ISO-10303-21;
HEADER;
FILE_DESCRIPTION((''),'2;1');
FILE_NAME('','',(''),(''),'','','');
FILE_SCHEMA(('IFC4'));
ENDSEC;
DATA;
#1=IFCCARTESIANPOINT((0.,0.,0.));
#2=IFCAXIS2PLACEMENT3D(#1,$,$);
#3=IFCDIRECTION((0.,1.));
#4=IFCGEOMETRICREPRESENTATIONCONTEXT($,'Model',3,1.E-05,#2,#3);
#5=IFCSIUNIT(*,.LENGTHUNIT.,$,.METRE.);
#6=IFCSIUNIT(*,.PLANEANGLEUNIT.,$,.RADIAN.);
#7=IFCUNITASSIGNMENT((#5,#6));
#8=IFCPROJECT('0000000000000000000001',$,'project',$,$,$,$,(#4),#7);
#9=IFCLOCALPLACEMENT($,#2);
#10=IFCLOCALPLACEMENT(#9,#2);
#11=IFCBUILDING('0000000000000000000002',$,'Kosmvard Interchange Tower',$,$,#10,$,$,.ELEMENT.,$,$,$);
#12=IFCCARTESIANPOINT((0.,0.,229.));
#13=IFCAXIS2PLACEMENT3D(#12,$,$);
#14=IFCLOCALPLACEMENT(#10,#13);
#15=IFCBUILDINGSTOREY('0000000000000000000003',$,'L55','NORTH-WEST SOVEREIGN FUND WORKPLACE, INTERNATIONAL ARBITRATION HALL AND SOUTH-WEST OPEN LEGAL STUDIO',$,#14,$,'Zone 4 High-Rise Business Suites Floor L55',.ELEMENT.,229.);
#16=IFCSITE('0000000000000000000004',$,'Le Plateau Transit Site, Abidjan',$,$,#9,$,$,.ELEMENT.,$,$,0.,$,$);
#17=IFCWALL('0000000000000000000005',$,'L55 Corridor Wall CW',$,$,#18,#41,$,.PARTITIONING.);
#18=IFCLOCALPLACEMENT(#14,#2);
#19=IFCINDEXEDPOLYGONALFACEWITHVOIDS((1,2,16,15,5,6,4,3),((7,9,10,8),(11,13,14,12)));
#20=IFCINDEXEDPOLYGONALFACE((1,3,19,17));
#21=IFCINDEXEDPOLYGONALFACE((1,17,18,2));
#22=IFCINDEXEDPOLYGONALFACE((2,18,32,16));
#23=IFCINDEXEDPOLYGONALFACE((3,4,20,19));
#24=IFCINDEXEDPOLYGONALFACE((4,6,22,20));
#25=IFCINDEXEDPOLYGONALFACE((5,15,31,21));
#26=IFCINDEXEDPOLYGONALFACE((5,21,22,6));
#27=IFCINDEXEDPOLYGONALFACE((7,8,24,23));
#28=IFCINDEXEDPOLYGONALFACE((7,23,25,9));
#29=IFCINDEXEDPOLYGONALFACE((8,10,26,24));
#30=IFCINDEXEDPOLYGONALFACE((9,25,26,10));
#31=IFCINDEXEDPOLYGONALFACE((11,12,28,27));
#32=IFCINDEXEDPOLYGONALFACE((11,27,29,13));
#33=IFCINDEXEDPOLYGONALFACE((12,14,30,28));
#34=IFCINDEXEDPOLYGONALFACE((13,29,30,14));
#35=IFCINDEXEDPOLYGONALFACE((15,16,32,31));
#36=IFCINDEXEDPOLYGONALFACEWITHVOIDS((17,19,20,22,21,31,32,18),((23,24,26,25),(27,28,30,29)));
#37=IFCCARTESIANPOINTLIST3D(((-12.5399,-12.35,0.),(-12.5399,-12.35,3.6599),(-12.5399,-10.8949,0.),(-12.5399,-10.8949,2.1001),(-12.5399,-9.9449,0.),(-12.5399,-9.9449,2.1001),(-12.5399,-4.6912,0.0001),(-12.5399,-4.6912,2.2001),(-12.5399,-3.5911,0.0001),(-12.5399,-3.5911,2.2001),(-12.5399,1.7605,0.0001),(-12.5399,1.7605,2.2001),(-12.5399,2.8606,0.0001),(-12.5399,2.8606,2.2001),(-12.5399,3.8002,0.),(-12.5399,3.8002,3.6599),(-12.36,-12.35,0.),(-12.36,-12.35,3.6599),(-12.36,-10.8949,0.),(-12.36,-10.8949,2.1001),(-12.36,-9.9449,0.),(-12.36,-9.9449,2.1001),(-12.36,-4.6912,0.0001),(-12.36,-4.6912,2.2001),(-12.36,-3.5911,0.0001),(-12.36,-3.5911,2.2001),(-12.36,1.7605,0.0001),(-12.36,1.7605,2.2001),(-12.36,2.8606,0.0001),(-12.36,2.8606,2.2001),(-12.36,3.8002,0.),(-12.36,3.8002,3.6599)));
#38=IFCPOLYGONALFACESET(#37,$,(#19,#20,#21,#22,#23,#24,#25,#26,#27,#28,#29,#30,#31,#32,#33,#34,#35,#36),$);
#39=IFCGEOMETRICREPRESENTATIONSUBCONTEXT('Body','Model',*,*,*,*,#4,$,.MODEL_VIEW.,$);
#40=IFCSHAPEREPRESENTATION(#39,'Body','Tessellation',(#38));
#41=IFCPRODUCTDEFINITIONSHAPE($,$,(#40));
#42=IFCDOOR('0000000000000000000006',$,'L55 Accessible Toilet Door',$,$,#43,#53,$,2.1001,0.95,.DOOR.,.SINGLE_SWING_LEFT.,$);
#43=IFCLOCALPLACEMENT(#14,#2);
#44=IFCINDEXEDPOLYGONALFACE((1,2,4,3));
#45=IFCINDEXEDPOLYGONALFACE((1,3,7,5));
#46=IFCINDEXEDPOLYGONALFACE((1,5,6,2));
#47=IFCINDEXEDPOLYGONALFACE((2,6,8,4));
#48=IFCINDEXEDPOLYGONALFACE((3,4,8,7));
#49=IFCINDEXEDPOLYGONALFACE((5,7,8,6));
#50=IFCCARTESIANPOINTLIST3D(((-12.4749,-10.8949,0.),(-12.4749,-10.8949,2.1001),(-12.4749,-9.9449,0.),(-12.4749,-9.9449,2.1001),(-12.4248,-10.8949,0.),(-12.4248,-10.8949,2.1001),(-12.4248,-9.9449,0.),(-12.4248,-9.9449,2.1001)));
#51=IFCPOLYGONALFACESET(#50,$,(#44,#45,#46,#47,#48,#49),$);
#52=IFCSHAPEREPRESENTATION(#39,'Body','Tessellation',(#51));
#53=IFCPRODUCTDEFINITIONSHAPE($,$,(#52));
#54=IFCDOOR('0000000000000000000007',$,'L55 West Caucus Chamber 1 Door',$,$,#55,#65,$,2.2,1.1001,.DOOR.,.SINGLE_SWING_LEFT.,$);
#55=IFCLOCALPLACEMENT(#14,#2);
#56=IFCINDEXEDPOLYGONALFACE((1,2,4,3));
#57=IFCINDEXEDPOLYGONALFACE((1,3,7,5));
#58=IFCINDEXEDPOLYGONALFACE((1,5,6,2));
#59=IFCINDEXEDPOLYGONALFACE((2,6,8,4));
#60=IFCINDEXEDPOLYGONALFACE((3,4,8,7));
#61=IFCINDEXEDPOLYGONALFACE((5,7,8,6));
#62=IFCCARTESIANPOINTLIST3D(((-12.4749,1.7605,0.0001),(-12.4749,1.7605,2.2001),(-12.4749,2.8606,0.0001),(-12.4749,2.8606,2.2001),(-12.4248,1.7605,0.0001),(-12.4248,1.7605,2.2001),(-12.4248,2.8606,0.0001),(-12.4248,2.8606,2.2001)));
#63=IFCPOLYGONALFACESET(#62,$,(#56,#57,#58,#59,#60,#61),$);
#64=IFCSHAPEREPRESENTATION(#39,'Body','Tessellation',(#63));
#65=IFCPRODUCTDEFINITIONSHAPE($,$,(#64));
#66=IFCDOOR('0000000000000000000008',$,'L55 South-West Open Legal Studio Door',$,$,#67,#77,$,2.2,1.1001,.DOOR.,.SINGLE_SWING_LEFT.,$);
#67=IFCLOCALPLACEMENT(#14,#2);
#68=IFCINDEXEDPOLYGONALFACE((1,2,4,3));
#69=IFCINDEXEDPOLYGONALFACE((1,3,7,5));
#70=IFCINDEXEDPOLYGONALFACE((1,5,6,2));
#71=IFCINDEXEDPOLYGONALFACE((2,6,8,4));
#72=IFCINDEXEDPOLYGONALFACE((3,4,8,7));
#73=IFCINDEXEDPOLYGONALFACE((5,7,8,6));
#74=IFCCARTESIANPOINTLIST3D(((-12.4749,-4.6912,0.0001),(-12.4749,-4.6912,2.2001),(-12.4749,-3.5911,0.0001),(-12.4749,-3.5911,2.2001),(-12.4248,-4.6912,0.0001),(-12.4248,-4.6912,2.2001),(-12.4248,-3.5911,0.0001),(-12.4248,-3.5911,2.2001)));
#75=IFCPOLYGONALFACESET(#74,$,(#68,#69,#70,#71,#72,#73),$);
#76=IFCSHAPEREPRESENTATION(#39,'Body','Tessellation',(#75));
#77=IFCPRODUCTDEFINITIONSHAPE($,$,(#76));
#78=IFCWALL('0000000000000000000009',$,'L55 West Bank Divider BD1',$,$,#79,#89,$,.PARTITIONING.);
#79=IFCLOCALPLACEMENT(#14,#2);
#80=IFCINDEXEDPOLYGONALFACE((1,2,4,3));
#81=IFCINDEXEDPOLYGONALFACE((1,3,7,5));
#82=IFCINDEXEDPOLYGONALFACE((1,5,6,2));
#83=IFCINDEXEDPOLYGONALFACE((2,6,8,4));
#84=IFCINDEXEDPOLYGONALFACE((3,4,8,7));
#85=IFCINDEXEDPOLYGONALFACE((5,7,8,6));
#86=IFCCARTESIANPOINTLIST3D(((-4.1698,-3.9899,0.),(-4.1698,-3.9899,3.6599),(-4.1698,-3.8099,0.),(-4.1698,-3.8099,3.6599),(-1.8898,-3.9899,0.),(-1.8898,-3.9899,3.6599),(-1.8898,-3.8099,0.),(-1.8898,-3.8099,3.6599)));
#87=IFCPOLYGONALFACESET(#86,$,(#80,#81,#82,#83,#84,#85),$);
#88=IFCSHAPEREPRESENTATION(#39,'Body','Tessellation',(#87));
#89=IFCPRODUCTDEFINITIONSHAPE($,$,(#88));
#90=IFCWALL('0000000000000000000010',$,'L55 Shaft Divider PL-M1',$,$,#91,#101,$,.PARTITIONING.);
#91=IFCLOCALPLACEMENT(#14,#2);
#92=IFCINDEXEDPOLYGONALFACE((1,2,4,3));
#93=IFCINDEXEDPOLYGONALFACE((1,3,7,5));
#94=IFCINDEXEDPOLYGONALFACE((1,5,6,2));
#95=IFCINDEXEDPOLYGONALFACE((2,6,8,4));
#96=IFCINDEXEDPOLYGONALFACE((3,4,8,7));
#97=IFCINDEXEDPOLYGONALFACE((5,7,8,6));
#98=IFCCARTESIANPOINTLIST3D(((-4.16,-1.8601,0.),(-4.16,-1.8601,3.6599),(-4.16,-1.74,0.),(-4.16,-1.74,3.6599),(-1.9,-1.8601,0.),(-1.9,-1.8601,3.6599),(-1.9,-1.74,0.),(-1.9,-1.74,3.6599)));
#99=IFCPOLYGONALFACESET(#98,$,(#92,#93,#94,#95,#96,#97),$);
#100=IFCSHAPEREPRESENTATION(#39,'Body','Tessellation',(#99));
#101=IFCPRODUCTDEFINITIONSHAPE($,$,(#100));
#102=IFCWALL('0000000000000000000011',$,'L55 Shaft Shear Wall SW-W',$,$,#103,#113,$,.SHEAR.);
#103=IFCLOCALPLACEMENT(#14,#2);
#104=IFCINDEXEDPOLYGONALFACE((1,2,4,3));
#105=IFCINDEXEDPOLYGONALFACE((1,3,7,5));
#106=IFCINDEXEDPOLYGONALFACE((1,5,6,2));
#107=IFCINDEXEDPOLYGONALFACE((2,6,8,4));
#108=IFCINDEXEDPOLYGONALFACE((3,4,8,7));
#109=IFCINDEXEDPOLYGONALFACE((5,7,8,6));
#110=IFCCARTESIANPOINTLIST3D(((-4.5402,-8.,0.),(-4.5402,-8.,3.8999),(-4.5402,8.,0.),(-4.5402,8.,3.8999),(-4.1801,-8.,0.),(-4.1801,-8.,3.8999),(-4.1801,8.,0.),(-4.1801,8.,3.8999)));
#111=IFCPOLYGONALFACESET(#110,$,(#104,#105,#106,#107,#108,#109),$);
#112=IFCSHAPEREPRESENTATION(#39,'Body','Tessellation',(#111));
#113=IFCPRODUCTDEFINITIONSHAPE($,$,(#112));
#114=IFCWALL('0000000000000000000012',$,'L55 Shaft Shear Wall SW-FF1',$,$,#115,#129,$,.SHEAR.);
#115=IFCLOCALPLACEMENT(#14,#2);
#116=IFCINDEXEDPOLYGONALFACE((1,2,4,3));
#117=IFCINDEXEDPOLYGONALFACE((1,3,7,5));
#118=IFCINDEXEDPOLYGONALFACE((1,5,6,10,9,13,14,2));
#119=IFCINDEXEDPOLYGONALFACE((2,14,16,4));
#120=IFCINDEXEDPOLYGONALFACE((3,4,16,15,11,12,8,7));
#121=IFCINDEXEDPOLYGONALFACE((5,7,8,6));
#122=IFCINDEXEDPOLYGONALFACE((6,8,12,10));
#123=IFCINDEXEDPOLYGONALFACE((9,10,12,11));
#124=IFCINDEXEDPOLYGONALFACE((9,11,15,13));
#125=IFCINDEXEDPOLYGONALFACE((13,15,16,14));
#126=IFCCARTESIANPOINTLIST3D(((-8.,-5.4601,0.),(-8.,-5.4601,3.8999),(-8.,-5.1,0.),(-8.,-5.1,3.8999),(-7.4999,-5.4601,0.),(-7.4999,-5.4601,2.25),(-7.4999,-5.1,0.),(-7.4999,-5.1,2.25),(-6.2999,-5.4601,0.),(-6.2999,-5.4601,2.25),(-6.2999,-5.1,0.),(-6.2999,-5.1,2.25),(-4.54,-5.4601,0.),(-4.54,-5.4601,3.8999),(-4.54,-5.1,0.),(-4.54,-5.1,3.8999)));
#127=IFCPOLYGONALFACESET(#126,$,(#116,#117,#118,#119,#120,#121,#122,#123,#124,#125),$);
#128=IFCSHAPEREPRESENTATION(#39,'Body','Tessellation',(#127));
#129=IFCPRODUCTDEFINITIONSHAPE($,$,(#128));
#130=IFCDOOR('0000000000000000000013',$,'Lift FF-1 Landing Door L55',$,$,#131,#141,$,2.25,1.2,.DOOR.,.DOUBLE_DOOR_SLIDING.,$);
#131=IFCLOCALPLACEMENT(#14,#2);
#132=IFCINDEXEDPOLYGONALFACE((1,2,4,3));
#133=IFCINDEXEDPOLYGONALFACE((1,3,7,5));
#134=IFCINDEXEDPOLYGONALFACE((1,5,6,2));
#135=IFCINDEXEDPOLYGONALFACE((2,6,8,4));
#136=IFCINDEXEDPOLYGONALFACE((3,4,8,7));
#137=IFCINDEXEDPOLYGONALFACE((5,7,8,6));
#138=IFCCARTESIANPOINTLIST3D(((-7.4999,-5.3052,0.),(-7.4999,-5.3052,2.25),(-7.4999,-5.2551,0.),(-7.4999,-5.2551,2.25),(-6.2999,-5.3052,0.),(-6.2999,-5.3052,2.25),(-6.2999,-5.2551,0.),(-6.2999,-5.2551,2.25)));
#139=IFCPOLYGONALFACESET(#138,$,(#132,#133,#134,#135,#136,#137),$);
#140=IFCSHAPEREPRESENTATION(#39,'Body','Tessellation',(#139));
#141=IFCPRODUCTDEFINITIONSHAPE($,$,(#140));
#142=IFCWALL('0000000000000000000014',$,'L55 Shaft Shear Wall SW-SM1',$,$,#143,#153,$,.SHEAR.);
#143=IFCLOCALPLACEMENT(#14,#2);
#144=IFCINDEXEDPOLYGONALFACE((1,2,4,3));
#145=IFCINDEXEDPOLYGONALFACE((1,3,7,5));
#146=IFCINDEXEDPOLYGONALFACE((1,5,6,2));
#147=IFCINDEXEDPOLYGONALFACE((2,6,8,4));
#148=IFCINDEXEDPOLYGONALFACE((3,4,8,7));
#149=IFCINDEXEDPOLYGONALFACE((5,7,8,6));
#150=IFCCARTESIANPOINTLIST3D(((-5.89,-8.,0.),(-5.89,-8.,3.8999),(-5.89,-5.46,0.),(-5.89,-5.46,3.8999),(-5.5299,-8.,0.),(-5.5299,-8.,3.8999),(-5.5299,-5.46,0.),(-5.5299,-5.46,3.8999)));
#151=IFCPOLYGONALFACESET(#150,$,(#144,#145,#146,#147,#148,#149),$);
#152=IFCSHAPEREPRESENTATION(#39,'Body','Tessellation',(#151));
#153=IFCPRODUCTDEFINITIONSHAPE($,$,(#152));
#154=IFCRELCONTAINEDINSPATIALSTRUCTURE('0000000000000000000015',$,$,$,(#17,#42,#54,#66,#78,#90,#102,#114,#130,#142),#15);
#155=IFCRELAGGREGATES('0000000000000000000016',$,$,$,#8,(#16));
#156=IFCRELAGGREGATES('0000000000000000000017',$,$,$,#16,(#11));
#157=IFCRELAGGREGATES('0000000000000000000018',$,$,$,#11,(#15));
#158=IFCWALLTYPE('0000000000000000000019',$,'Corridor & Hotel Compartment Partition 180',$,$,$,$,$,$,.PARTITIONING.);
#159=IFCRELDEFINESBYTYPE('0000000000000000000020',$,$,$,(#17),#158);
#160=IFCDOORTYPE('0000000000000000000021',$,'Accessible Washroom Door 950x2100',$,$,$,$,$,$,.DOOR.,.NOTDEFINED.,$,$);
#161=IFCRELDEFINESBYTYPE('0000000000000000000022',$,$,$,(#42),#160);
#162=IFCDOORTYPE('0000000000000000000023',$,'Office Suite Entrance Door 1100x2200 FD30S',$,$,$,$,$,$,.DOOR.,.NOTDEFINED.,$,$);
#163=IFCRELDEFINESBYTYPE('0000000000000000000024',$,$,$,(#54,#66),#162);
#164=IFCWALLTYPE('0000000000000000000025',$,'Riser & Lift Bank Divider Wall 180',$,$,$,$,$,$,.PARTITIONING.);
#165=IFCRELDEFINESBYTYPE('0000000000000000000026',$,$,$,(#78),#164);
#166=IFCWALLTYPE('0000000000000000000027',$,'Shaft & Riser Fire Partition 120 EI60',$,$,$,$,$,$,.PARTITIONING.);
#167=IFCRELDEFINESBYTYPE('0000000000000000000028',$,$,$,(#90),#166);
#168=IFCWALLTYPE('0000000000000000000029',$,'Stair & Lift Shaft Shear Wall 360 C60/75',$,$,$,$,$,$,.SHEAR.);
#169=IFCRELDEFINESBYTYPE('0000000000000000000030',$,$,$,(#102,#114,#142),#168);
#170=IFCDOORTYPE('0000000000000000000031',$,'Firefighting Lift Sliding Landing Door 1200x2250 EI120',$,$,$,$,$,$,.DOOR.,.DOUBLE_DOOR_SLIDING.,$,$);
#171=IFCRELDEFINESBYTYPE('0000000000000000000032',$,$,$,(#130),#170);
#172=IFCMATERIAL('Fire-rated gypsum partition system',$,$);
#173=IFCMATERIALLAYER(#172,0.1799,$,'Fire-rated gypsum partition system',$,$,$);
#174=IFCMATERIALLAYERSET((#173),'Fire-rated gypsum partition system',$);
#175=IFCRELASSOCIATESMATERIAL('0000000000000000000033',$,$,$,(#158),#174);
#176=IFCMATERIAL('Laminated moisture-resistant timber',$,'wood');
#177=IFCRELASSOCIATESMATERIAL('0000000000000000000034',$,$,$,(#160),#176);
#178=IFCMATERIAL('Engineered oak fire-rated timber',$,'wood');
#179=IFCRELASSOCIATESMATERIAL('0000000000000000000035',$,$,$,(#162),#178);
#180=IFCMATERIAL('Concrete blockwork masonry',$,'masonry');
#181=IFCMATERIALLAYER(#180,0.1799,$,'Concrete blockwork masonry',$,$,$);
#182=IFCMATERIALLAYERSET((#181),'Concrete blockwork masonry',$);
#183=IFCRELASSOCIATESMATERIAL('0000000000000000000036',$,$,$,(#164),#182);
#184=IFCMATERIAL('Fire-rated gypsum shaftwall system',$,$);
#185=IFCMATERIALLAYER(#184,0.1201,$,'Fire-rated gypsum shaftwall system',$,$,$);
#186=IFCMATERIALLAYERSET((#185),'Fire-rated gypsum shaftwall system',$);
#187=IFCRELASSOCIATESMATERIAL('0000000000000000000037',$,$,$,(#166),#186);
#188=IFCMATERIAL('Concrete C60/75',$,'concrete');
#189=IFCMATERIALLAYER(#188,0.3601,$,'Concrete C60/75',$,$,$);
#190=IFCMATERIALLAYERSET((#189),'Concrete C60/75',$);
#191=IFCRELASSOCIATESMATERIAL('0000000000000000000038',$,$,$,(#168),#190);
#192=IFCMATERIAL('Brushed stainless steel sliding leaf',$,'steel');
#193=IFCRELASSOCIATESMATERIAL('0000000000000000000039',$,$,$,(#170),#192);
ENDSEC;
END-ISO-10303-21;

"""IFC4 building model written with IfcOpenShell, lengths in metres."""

from ifc_helpers import new_model, si_unit, direction, frame, frame_2d, origin, place, context, subcontext, project, spatial, rectangle, extrude, source, transform, mapped, material, layer, layer_set, type_object, element, fill, save


model = new_model("IFC4")

# Units and contexts
model_context = context("Model", 3, precision=1e-05, world=origin(), true_north=direction((0.0, 1.0)))
body_context = subcontext(model_context, "Body", "Model", "MODEL_VIEW")
ifc_project = project(units=[si_unit("LENGTHUNIT", "METRE"), si_unit("PLANEANGLEUNIT", "RADIAN")], contexts=[model_context])

# Site, building, storey
site_placement = place(None, origin())
site = spatial("IfcSite", under=ifc_project, at=site_placement, Name="Le Plateau Transit Site, Abidjan", CompositionType="ELEMENT", RefElevation=0.0)
building_placement = place(site_placement, origin())
building = spatial("IfcBuilding", under=site, at=building_placement, Name="Kosmvard Interchange Tower", CompositionType="ELEMENT")
storey_placement = place(building_placement, frame((0.0, 0.0, 229.0)))
storey = spatial("IfcBuildingStorey", under=building, at=storey_placement, Name="L55", Description="NORTH-WEST SOVEREIGN FUND WORKPLACE, INTERNATIONAL ARBITRATION HALL AND SOUTH-WEST OPEN LEGAL STUDIO", LongName="Zone 4 High-Rise Business Suites Floor L55", CompositionType="ELEMENT", Elevation=229.0)

# Shared definitions
ifc_material_1 = material(Name="Concrete C60/75", Category="concrete")

# Wall, openings, doors
ifc_material_2 = material(Name="Fire-rated gypsum partition system")
ifc_layer_1 = layer(ifc_material_2, 0.1799, Name="Fire-rated gypsum partition system")
ifc_layer_set_1 = layer_set([ifc_layer_1], Name="Fire-rated gypsum partition system")
wall_type_1 = type_object("IfcWallType", Name="Corridor & Hotel Compartment Partition 180", PredefinedType="PARTITIONING", material=ifc_layer_set_1)
ifc_material_3 = material(Name="Brushed stainless steel sliding leaf", Category="steel")
shared_shape_1 = source(origin(), body_context, "Body", "SweptSolid", [
    extrude(rectangle(XDim=1.1001, YDim=2.2, at=frame_2d((0.55, 1.1001))), frame((0.0, 0.0249, 0.0), z_axis=(0.0, -1.0, 0.0), x_axis=(1.0, 0.0, 0.0)), (0.0, 0.0, 1.0), 0.05),
])
wall_1_placement = place(storey_placement, frame((-12.45, -12.3501, 0.0), z_axis=(0.0, 0.0, 1.0), x_axis=(0.0, 1.0, 0.0)))
wall_1 = element("IfcWall", 1, at=wall_1_placement, inside=storey, type_object=wall_type_1, Name="L55 Corridor Wall CW", PredefinedType="PARTITIONING", context=body_context, shape_type="SweptSolid", body=[
    extrude(rectangle(XDim=16.1501, YDim=0.1799, at=frame_2d((8.0752, 0.0))), origin(), (0.0, 0.0, 1.0), 3.6599),
])
opening_1_placement = place(wall_1_placement, frame((1.4551, 0.0, 0.0)))
opening_1 = element("IfcOpeningElement", 2, at=opening_1_placement, cuts=wall_1, PredefinedType="OPENING", context=body_context, shape_type="SweptSolid", body=[
    extrude(rectangle(XDim=0.95, YDim=2.1001, at=frame_2d((0.4751, 1.05))), frame((0.0, 0.1001, 0.0), z_axis=(0.0, -1.0, 0.0), x_axis=(1.0, 0.0, 0.0)), (0.0, 0.0, 1.0), 0.2),
])
opening_2_placement = place(wall_1_placement, frame((14.1106, 0.0, 0.0)))
opening_2 = element("IfcOpeningElement", 3, at=opening_2_placement, cuts=wall_1, PredefinedType="OPENING", context=body_context, shape_type="SweptSolid", body=[
    extrude(rectangle(XDim=1.1001, YDim=2.2, at=frame_2d((0.55, 1.1001))), frame((0.0, 0.1001, 0.0), z_axis=(0.0, -1.0, 0.0), x_axis=(1.0, 0.0, 0.0)), (0.0, 0.0, 1.0), 0.2),
])
opening_3_placement = place(wall_1_placement, frame((7.6589, 0.0, 0.0)))
opening_3 = element("IfcOpeningElement", 4, at=opening_3_placement, cuts=wall_1, PredefinedType="OPENING", context=body_context, shape_type="SweptSolid", body=[
    extrude(rectangle(XDim=1.1001, YDim=2.2, at=frame_2d((0.55, 1.1001))), frame((0.0, 0.1001, 0.0), z_axis=(0.0, -1.0, 0.0), x_axis=(1.0, 0.0, 0.0)), (0.0, 0.0, 1.0), 0.2),
])
ifc_material_4 = material(Name="Laminated moisture-resistant timber", Category="wood")
door_type_1 = type_object("IfcDoorType", Name="Accessible Washroom Door 950x2100", OperationType="NOTDEFINED", PredefinedType="DOOR", material=ifc_material_4)
shared_shape_2 = source(origin(), body_context, "Body", "SweptSolid", [
    extrude(rectangle(XDim=0.95, YDim=2.1001, at=frame_2d((0.4751, 1.05))), frame((0.0, 0.0249, 0.0), z_axis=(0.0, -1.0, 0.0), x_axis=(1.0, 0.0, 0.0)), (0.0, 0.0, 1.0), 0.05),
])
door_1_placement = place(opening_1_placement, origin())
door_1 = element("IfcDoor", 5, at=door_1_placement, inside=storey, type_object=door_type_1, Name="L55 Accessible Toilet Door", OperationType="SINGLE_SWING_LEFT", OverallHeight=2.1001, OverallWidth=0.95, PredefinedType="DOOR", context=body_context, shape_type="MappedRepresentation", body=[
    mapped(shared_shape_2, transform((0.0, 0.0, 0.0), scale=1.0)),
])
fill(opening_1, door_1)
ifc_material_5 = material(Name="Engineered oak fire-rated timber", Category="wood")
door_type_2 = type_object("IfcDoorType", Name="Office Suite Entrance Door 1100x2200 FD30S", OperationType="NOTDEFINED", PredefinedType="DOOR", material=ifc_material_5)
door_2_placement = place(opening_2_placement, origin())
door_2 = element("IfcDoor", 6, at=door_2_placement, inside=storey, type_object=door_type_2, Name="L55 West Caucus Chamber 1 Door", OperationType="SINGLE_SWING_LEFT", OverallHeight=2.2, OverallWidth=1.1001, PredefinedType="DOOR", context=body_context, shape_type="MappedRepresentation", body=[
    mapped(shared_shape_1, transform((0.0, 0.0, 0.0), scale=1.0)),
])
fill(opening_2, door_2)
door_3_placement = place(opening_3_placement, origin())
door_3 = element("IfcDoor", 7, at=door_3_placement, inside=storey, type_object=door_type_2, Name="L55 South-West Open Legal Studio Door", OperationType="SINGLE_SWING_LEFT", OverallHeight=2.2, OverallWidth=1.1001, PredefinedType="DOOR", context=body_context, shape_type="MappedRepresentation", body=[
    mapped(shared_shape_1, transform((0.0, 0.0, 0.0), scale=1.0)),
])
fill(opening_3, door_3)

# Walls
ifc_material_6 = material(Name="Concrete blockwork masonry", Category="masonry")
ifc_layer_2 = layer(ifc_material_6, 0.1799, Name="Concrete blockwork masonry")
ifc_layer_set_2 = layer_set([ifc_layer_2], Name="Concrete blockwork masonry")
wall_type_2 = type_object("IfcWallType", Name="Riser & Lift Bank Divider Wall 180", PredefinedType="PARTITIONING", material=ifc_layer_set_2)
wall_2_placement = place(storey_placement, frame((-4.1699, -3.8999, 0.0), z_axis=(0.0, 0.0, 1.0), x_axis=(1.0, 0.0, 0.0)))
element("IfcWall", 8, at=wall_2_placement, inside=storey, type_object=wall_type_2, Name="L55 West Bank Divider BD1", PredefinedType="PARTITIONING", context=body_context, shape_type="SweptSolid", body=[
    extrude(rectangle(XDim=2.28, YDim=0.1799, at=frame_2d((1.1401, 0.0))), origin(), (0.0, 0.0, 1.0), 3.6599),
])
ifc_material_7 = material(Name="Fire-rated gypsum shaftwall system")
ifc_layer_3 = layer(ifc_material_7, 0.1201, Name="Fire-rated gypsum shaftwall system")
ifc_layer_set_3 = layer_set([ifc_layer_3], Name="Fire-rated gypsum shaftwall system")
wall_type_3 = type_object("IfcWallType", Name="Shaft & Riser Fire Partition 120 EI60", PredefinedType="PARTITIONING", material=ifc_layer_set_3)
wall_3_placement = place(storey_placement, frame((-4.1599, -1.8, 0.0), z_axis=(0.0, 0.0, 1.0), x_axis=(1.0, 0.0, 0.0)))
element("IfcWall", 9, at=wall_3_placement, inside=storey, type_object=wall_type_3, Name="L55 Shaft Divider PL-M1", PredefinedType="PARTITIONING", context=body_context, shape_type="SweptSolid", body=[
    extrude(rectangle(XDim=2.26, YDim=0.1201, at=frame_2d((1.1299, 0.0))), origin(), (0.0, 0.0, 1.0), 3.6599),
])
ifc_layer_4 = layer(ifc_material_1, 0.3601, Name="Concrete C60/75")
ifc_layer_set_4 = layer_set([ifc_layer_4], Name="Concrete C60/75")
wall_type_4 = type_object("IfcWallType", Name="Stair & Lift Shaft Shear Wall 360 C60/75", PredefinedType="SHEAR", material=ifc_layer_set_4)
wall_4_placement = place(storey_placement, frame((-4.3601, -8.0, 0.0), z_axis=(0.0, 0.0, 1.0), x_axis=(0.0, 1.0, 0.0)))
element("IfcWall", 10, at=wall_4_placement, inside=storey, type_object=wall_type_4, Name="L55 Shaft Shear Wall SW-W", PredefinedType="SHEAR", context=body_context, shape_type="SweptSolid", body=[
    extrude(rectangle(XDim=16.0, YDim=0.3601, at=frame_2d((8.0, 0.0))), origin(), (0.0, 0.0, 1.0), 3.8999),
])

# Wall, opening, door
wall_5_placement = place(storey_placement, frame((-8.0, -5.28, 0.0), z_axis=(0.0, 0.0, 1.0), x_axis=(1.0, 0.0, 0.0)))
wall_5 = element("IfcWall", 11, at=wall_5_placement, inside=storey, type_object=wall_type_4, Name="L55 Shaft Shear Wall SW-FF1", PredefinedType="SHEAR", context=body_context, shape_type="SweptSolid", body=[
    extrude(rectangle(XDim=3.46, YDim=0.3601, at=frame_2d((1.73, 0.0))), origin(), (0.0, 0.0, 1.0), 3.8999),
])
opening_4_placement = place(wall_5_placement, frame((0.5, 0.0, 0.0)))
opening_4 = element("IfcOpeningElement", 12, at=opening_4_placement, cuts=wall_5, PredefinedType="OPENING", context=body_context, shape_type="SweptSolid", body=[
    extrude(rectangle(XDim=1.2, YDim=2.25, at=frame_2d((0.6001, 1.125))), frame((0.0, 0.1899, 0.0), z_axis=(0.0, -1.0, 0.0), x_axis=(1.0, 0.0, 0.0)), (0.0, 0.0, 1.0), 0.3801),
])
door_type_3 = type_object("IfcDoorType", Name="Firefighting Lift Sliding Landing Door 1200x2250 EI120", OperationType="DOUBLE_DOOR_SLIDING", PredefinedType="DOOR", material=ifc_material_3)
shared_shape_3 = source(origin(), body_context, "Body", "SweptSolid", [
    extrude(rectangle(XDim=1.2, YDim=2.25, at=frame_2d((0.6001, 1.125))), frame((0.0, 0.0249, 0.0), z_axis=(0.0, -1.0, 0.0), x_axis=(1.0, 0.0, 0.0)), (0.0, 0.0, 1.0), 0.05),
])
door_4_placement = place(opening_4_placement, origin())
door_4 = element("IfcDoor", 13, at=door_4_placement, inside=storey, type_object=door_type_3, Name="Lift FF-1 Landing Door L55", OperationType="DOUBLE_DOOR_SLIDING", OverallHeight=2.25, OverallWidth=1.2, PredefinedType="DOOR", context=body_context, shape_type="MappedRepresentation", body=[
    mapped(shared_shape_3, transform((0.0, 0.0, 0.0), scale=1.0)),
])
fill(opening_4, door_4)

# Wall
wall_6_placement = place(storey_placement, frame((-5.71, -8.0, 0.0), z_axis=(0.0, 0.0, 1.0), x_axis=(0.0, 1.0, 0.0)))
element("IfcWall", 14, at=wall_6_placement, inside=storey, type_object=wall_type_4, Name="L55 Shaft Shear Wall SW-SM1", PredefinedType="SHEAR", context=body_context, shape_type="SweptSolid", body=[
    extrude(rectangle(XDim=2.54, YDim=0.3601, at=frame_2d((1.27, 0.0))), origin(), (0.0, 0.0, 1.0), 3.8999),
])

save(model, "model.ifc")
